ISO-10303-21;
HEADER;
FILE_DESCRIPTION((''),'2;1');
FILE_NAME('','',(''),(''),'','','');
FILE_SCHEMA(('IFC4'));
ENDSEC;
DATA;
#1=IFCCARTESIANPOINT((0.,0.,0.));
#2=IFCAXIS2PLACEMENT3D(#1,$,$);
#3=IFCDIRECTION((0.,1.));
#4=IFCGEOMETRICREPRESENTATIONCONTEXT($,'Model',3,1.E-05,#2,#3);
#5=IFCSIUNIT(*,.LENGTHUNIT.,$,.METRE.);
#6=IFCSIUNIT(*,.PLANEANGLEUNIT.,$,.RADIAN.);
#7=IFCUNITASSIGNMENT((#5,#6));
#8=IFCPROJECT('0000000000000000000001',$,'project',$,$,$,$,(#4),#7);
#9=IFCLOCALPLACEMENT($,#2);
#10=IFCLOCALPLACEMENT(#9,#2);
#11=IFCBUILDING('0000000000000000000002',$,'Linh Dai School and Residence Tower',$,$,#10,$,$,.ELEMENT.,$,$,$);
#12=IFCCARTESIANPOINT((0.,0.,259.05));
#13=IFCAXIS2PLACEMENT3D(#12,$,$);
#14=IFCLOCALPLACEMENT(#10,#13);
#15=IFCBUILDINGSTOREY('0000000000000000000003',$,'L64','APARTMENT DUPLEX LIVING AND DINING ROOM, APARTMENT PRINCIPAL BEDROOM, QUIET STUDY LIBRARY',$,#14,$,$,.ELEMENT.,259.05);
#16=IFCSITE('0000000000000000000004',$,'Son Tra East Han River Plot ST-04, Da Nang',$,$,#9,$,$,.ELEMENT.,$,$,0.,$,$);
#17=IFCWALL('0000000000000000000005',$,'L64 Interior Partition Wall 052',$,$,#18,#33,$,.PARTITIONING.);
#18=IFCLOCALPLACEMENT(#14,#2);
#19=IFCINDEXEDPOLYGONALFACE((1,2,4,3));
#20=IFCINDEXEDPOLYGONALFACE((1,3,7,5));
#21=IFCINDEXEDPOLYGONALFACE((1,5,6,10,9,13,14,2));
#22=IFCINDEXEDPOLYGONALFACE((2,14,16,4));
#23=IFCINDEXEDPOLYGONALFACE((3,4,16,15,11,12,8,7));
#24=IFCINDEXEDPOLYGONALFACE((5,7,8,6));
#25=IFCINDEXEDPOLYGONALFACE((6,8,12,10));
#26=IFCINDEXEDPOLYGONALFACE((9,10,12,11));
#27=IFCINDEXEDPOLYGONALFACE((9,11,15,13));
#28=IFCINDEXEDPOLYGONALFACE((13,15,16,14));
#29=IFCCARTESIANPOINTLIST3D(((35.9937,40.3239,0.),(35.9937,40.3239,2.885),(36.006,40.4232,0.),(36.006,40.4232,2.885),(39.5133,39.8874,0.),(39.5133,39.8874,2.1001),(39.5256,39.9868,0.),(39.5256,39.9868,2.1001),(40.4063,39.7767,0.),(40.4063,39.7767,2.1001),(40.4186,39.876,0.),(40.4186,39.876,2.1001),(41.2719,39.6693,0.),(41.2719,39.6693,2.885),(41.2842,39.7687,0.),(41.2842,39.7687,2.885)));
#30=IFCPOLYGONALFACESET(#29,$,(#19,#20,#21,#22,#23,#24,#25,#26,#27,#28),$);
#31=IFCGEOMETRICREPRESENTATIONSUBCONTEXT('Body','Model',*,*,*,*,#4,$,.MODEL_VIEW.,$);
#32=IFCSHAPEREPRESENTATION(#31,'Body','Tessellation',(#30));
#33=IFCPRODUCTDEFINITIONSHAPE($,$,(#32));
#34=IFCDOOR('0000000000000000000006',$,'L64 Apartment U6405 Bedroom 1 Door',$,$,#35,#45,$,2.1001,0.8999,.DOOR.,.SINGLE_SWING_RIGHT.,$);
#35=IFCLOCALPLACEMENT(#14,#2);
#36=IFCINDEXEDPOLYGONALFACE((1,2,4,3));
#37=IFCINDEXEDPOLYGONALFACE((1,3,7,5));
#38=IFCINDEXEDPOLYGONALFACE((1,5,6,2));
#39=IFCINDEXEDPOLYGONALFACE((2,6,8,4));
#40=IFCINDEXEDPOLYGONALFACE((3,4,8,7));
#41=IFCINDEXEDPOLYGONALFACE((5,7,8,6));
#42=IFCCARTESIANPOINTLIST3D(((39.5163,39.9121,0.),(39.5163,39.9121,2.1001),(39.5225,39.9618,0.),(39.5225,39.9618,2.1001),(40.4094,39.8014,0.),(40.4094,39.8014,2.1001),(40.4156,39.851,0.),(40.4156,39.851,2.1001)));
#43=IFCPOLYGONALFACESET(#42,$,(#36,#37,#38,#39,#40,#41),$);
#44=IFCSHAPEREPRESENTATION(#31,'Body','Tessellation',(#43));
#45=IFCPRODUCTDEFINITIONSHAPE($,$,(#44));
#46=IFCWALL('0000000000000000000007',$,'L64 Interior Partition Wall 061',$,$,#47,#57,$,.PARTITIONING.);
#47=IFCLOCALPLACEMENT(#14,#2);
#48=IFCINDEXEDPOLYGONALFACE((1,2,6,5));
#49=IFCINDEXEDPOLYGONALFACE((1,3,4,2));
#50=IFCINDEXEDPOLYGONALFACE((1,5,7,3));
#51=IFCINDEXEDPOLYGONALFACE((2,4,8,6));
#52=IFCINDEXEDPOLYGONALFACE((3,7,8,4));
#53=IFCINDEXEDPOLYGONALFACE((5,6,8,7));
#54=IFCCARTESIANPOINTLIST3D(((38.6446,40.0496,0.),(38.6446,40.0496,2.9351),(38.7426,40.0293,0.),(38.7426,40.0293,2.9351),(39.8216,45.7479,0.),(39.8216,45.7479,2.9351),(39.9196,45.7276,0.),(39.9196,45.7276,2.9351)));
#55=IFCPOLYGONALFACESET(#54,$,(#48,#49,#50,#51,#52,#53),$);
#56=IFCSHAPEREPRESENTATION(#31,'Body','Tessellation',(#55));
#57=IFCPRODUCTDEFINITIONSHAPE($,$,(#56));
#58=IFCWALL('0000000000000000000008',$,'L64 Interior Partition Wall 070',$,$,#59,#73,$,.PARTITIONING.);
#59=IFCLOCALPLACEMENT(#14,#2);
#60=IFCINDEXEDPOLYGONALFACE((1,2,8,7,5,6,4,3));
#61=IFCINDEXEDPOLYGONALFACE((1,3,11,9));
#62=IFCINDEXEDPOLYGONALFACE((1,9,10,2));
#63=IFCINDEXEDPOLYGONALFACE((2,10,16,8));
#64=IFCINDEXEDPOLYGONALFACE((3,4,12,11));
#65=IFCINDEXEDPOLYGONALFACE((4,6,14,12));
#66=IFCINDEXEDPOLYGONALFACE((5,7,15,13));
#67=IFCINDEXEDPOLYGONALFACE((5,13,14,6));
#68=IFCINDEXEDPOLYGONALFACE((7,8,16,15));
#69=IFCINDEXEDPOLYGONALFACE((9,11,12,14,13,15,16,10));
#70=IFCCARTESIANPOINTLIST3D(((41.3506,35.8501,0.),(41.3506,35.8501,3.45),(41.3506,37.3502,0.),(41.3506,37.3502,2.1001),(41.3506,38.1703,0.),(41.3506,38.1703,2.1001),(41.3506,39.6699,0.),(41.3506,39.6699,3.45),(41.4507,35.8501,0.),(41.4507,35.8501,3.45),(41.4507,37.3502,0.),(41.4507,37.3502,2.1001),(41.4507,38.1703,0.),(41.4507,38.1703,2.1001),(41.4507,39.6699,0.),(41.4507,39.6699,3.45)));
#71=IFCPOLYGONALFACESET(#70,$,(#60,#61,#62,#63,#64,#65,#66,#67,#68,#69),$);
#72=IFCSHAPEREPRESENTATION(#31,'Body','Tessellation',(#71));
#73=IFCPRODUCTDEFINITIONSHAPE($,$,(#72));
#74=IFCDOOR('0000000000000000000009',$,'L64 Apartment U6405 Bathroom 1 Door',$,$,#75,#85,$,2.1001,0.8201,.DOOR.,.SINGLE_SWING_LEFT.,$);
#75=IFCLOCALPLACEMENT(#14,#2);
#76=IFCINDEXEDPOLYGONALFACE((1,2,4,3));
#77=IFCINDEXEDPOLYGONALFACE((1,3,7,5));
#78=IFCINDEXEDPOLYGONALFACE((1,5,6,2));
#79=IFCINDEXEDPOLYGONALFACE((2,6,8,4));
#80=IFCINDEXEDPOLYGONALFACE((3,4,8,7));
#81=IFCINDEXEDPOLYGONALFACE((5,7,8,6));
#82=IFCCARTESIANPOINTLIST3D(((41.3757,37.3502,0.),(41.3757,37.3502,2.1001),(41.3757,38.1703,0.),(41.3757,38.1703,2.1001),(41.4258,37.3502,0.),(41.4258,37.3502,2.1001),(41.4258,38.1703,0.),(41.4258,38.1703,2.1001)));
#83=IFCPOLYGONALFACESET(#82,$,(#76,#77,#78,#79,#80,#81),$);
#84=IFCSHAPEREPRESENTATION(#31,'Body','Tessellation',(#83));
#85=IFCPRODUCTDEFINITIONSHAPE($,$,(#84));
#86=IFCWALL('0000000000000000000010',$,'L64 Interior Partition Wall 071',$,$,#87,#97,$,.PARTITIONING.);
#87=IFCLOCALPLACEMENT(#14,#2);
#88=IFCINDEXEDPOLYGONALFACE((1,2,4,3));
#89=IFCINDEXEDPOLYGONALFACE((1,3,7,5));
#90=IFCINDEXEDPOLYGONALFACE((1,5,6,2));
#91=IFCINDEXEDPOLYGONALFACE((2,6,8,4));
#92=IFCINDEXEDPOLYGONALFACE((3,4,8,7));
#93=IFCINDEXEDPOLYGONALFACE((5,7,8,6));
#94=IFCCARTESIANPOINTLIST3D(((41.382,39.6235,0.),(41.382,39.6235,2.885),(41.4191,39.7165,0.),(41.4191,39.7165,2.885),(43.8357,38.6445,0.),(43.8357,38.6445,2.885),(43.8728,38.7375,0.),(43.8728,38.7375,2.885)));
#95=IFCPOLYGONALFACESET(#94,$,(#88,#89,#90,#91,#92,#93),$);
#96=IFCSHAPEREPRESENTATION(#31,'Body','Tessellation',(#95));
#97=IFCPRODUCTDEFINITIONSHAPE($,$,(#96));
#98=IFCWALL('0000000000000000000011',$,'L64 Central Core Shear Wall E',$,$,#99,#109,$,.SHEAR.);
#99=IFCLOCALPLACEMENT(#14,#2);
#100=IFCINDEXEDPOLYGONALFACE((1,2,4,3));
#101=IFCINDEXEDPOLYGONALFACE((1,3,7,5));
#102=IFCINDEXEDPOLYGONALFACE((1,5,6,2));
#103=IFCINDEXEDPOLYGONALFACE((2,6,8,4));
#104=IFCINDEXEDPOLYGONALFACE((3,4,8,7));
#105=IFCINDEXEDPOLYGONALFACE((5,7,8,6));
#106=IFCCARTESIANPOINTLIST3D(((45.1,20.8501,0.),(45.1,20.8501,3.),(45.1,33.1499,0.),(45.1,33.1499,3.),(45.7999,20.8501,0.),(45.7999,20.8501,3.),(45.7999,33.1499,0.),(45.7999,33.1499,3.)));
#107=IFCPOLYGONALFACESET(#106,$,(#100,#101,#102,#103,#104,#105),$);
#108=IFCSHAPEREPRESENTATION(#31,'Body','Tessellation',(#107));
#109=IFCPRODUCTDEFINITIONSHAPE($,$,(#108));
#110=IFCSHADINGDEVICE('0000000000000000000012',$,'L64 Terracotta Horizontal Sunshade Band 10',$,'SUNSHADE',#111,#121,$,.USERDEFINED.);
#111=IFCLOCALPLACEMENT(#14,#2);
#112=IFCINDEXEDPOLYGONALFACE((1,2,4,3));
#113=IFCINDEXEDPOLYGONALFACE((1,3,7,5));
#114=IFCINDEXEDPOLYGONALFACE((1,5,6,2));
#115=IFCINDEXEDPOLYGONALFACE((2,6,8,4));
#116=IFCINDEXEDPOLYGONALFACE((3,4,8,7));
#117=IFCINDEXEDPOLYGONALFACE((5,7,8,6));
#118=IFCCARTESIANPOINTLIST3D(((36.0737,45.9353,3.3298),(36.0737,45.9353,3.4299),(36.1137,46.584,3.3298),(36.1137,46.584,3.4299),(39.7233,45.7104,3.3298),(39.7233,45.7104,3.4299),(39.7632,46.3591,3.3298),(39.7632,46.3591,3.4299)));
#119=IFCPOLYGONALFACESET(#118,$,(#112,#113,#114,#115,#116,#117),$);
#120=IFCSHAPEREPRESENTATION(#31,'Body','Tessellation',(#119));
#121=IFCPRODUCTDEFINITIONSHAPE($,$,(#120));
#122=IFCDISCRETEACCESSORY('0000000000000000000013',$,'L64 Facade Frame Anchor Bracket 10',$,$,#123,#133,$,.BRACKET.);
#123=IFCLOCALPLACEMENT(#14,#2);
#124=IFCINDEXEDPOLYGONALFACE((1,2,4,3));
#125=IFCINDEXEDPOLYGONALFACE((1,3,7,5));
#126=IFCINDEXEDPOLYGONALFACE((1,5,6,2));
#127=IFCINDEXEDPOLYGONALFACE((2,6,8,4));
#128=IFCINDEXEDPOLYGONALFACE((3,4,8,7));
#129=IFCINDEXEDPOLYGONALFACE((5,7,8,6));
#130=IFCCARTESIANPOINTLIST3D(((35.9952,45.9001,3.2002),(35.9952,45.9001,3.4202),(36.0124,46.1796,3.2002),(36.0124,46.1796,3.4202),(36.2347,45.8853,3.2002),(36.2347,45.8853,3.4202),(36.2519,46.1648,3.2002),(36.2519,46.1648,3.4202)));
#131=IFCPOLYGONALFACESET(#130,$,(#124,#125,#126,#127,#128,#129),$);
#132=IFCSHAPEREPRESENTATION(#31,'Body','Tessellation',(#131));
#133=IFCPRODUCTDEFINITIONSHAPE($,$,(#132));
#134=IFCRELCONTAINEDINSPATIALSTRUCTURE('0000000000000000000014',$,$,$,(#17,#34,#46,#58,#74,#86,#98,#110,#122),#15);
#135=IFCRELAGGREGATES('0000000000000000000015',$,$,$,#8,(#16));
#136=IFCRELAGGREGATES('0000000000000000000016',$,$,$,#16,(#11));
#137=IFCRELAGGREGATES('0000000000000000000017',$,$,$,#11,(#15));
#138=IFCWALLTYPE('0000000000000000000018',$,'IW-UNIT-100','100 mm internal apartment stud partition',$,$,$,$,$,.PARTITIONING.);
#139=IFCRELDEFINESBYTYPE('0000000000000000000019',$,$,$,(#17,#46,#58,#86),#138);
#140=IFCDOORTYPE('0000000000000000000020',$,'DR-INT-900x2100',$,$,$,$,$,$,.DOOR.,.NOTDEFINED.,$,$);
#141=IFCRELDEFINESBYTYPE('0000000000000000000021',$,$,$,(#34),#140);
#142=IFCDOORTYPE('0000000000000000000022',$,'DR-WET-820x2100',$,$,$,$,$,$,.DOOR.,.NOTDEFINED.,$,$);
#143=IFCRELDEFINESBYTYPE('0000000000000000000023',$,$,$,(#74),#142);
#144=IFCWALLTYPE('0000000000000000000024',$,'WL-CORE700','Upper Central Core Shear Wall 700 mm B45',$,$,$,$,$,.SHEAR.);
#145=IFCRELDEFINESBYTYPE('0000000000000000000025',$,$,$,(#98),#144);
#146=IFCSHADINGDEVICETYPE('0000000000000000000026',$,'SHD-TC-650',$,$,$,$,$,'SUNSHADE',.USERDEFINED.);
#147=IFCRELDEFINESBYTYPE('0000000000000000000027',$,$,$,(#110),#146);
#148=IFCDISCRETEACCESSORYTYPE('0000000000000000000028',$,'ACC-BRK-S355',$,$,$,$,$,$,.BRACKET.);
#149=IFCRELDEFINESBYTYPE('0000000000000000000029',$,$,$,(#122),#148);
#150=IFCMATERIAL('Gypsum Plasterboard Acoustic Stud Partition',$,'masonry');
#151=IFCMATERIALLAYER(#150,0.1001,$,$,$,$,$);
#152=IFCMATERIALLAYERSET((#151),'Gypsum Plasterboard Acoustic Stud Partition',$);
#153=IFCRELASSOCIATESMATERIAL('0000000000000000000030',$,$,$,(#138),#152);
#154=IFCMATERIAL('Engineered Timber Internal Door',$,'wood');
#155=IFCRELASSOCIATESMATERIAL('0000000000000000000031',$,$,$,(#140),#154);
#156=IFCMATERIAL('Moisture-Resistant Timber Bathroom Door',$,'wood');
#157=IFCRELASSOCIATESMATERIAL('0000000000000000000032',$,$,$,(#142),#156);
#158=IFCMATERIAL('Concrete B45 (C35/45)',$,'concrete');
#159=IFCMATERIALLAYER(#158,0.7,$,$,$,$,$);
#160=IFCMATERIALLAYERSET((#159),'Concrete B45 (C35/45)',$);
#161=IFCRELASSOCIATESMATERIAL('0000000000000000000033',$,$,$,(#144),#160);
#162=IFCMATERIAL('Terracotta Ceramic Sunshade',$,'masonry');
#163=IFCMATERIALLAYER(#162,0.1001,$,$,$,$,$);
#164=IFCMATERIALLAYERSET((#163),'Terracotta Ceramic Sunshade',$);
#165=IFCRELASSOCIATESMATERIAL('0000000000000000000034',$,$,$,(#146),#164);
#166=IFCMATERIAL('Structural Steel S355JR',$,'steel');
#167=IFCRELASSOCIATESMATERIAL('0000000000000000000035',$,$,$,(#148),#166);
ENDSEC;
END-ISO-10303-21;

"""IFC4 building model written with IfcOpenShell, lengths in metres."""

from ifc_helpers import new_model, si_unit, direction, frame, frame_2d, origin, origin_2d, place, context, subcontext, project, spatial, rectangle, extrude, source, transform, mapped, material, layer, layer_set, type_object, element, fill, save


model = new_model("IFC4")

# Units and contexts
model_context = context("Model", 3, precision=1e-05, world=origin(), true_north=direction((0.0, 1.0)))
body_context = subcontext(model_context, "Body", "Model", "MODEL_VIEW")
ifc_project = project(units=[si_unit("LENGTHUNIT", "METRE"), si_unit("PLANEANGLEUNIT", "RADIAN")], contexts=[model_context])

# Site, building, storey
site_placement = place(None, origin())
site = spatial("IfcSite", under=ifc_project, at=site_placement, Name="Son Tra East Han River Plot ST-04, Da Nang", CompositionType="ELEMENT", RefElevation=0.0)
building_placement = place(site_placement, origin())
building = spatial("IfcBuilding", under=site, at=building_placement, Name="Linh Dai School and Residence Tower", CompositionType="ELEMENT")
storey_placement = place(building_placement, frame((0.0, 0.0, 259.05)))
storey = spatial("IfcBuildingStorey", under=building, at=storey_placement, Name="L64", Description="APARTMENT DUPLEX LIVING AND DINING ROOM, APARTMENT PRINCIPAL BEDROOM, QUIET STUDY LIBRARY", CompositionType="ELEMENT", Elevation=259.05)

# Shared definitions
ifc_material_1 = material(Name="Concrete B45 (C35/45)", Category="concrete")
ifc_material_2 = material(Name="Structural Steel S355JR", Category="steel")

# Wall, opening, door
ifc_material_3 = material(Name="Gypsum Plasterboard Acoustic Stud Partition", Category="masonry")
ifc_layer_1 = layer(ifc_material_3, 0.1001)
ifc_layer_set_1 = layer_set([ifc_layer_1], Name="Gypsum Plasterboard Acoustic Stud Partition")
wall_type_1 = type_object("IfcWallType", Name="IW-UNIT-100", Description="100 mm internal apartment stud partition", PredefinedType="PARTITIONING", material=ifc_layer_set_1)
wall_1_placement = place(storey_placement, frame((36.0, 40.3735, 0.0), z_axis=(0.0, 0.0, 1.0), x_axis=(0.992398, -0.123069, 0.0)))
wall_1 = element("IfcWall", 1, at=wall_1_placement, inside=storey, type_object=wall_type_1, Name="L64 Interior Partition Wall 052", PredefinedType="PARTITIONING", context=body_context, shape_type="SweptSolid", body=[
    extrude(rectangle(XDim=5.3186, YDim=0.1001, at=frame_2d((2.6592, 0.0))), origin(), (0.0, 0.0, 1.0), 2.885),
])
opening_1_placement = place(wall_1_placement, frame((3.5464, 0.0, 0.0)))
opening_1 = element("IfcOpeningElement", 2, at=opening_1_placement, cuts=wall_1, PredefinedType="OPENING", context=body_context, shape_type="SweptSolid", body=[
    extrude(rectangle(XDim=0.8999, YDim=2.1001, at=origin_2d()), frame((0.45, 0.0601, 1.05), z_axis=(0.0, -1.0, 0.0), x_axis=(1.0, 0.0, 0.0)), (0.0, 0.0, 1.0), 0.1201),
])
ifc_material_4 = material(Name="Engineered Timber Internal Door", Category="wood")
door_type_1 = type_object("IfcDoorType", Name="DR-INT-900x2100", OperationType="NOTDEFINED", PredefinedType="DOOR", material=ifc_material_4)
shared_shape_1 = source(origin(), body_context, "Body", "SweptSolid", [
    extrude(rectangle(XDim=0.8999, YDim=2.1001, at=origin_2d()), frame((0.45, 0.0249, 1.05), z_axis=(0.0, -1.0, 0.0), x_axis=(1.0, 0.0, 0.0)), (0.0, 0.0, 1.0), 0.05),
])
door_1_placement = place(opening_1_placement, origin())
door_1 = element("IfcDoor", 3, at=door_1_placement, inside=storey, type_object=door_type_1, Name="L64 Apartment U6405 Bedroom 1 Door", OperationType="SINGLE_SWING_RIGHT", OverallHeight=2.1001, OverallWidth=0.8999, PredefinedType="DOOR", context=body_context, shape_type="MappedRepresentation", body=[
    mapped(shared_shape_1, transform((0.0, 0.0, 0.0), x_axis=(1.0, 0.0, 0.0), y_axis=(0.0, 1.0, 0.0), z_axis=(0.0, 0.0, 1.0), scale=1.0)),
])
fill(opening_1, door_1)

# Wall
wall_2_placement = place(storey_placement, frame((38.6936, 40.0396, 0.0), z_axis=(0.0, 0.0, 1.0), x_axis=(0.202285, 0.979327, 0.0)))
element("IfcWall", 4, at=wall_2_placement, inside=storey, type_object=wall_type_1, Name="L64 Interior Partition Wall 061", PredefinedType="PARTITIONING", context=body_context, shape_type="SweptSolid", body=[
    extrude(rectangle(XDim=5.8186, YDim=0.1001, at=frame_2d((2.9092, 0.0))), origin(), (0.0, 0.0, 1.0), 2.9351),
])

# Wall, opening, door
wall_3_placement = place(storey_placement, frame((41.4006, 35.8501, 0.0), z_axis=(0.0, 0.0, 1.0), x_axis=(0.0, 1.0, 0.0)))
wall_3 = element("IfcWall", 5, at=wall_3_placement, inside=storey, type_object=wall_type_1, Name="L64 Interior Partition Wall 070", PredefinedType="PARTITIONING", context=body_context, shape_type="SweptSolid", body=[
    extrude(rectangle(XDim=3.8198, YDim=0.1001, at=frame_2d((1.9099, 0.0))), origin(), (0.0, 0.0, 1.0), 3.45),
])
opening_2_placement = place(wall_3_placement, frame((1.5, 0.0, 0.0)))
opening_2 = element("IfcOpeningElement", 6, at=opening_2_placement, cuts=wall_3, PredefinedType="OPENING", context=body_context, shape_type="SweptSolid", body=[
    extrude(rectangle(XDim=0.8201, YDim=2.1001, at=origin_2d()), frame((0.4102, 0.0601, 1.05), z_axis=(0.0, -1.0, 0.0), x_axis=(1.0, 0.0, 0.0)), (0.0, 0.0, 1.0), 0.1201),
])
ifc_material_5 = material(Name="Moisture-Resistant Timber Bathroom Door", Category="wood")
door_type_2 = type_object("IfcDoorType", Name="DR-WET-820x2100", OperationType="NOTDEFINED", PredefinedType="DOOR", material=ifc_material_5)
shared_shape_2 = source(origin(), body_context, "Body", "SweptSolid", [
    extrude(rectangle(XDim=0.8201, YDim=2.1001, at=origin_2d()), frame((0.4102, 0.0249, 1.05), z_axis=(0.0, -1.0, 0.0), x_axis=(1.0, 0.0, 0.0)), (0.0, 0.0, 1.0), 0.05),
])
door_2_placement = place(opening_2_placement, origin())
door_2 = element("IfcDoor", 7, at=door_2_placement, inside=storey, type_object=door_type_2, Name="L64 Apartment U6405 Bathroom 1 Door", OperationType="SINGLE_SWING_LEFT", OverallHeight=2.1001, OverallWidth=0.8201, PredefinedType="DOOR", context=body_context, shape_type="MappedRepresentation", body=[
    mapped(shared_shape_2, transform((0.0, 0.0, 0.0), x_axis=(1.0, 0.0, 0.0), y_axis=(0.0, 1.0, 0.0), z_axis=(0.0, 0.0, 1.0), scale=1.0)),
])
fill(opening_2, door_2)

# Walls
wall_4_placement = place(storey_placement, frame((41.4006, 39.6699, 0.0), z_axis=(0.0, 0.0, 1.0), x_axis=(0.928808, -0.370562, 0.0)))
element("IfcWall", 8, at=wall_4_placement, inside=storey, type_object=wall_type_1, Name="L64 Interior Partition Wall 071", PredefinedType="PARTITIONING", context=body_context, shape_type="SweptSolid", body=[
    extrude(rectangle(XDim=2.6418, YDim=0.1001, at=frame_2d((1.3208, 0.0))), origin(), (0.0, 0.0, 1.0), 2.885),
])
ifc_layer_2 = layer(ifc_material_1, 0.7)
ifc_layer_set_2 = layer_set([ifc_layer_2], Name="Concrete B45 (C35/45)")
wall_type_2 = type_object("IfcWallType", Name="WL-CORE700", Description="Upper Central Core Shear Wall 700 mm B45", PredefinedType="SHEAR", material=ifc_layer_set_2)
wall_5_placement = place(storey_placement, frame((45.45, 33.1499, 0.0), z_axis=(0.0, 0.0, 1.0), x_axis=(0.0, -1.0, 0.0)))
element("IfcWall", 9, at=wall_5_placement, inside=storey, type_object=wall_type_2, Name="L64 Central Core Shear Wall E", PredefinedType="SHEAR", context=body_context, shape_type="SweptSolid", body=[
    extrude(rectangle(XDim=12.2998, YDim=0.7, at=frame_2d((6.1499, 0.0))), origin(), (0.0, 0.0, 1.0), 3.0),
])

# Shading device
ifc_material_6 = material(Name="Terracotta Ceramic Sunshade", Category="masonry")
ifc_layer_3 = layer(ifc_material_6, 0.1001)
ifc_layer_set_3 = layer_set([ifc_layer_3], Name="Terracotta Ceramic Sunshade")
shading_device_type = type_object("IfcShadingDeviceType", Name="SHD-TC-650", ElementType="SUNSHADE", PredefinedType="USERDEFINED", material=ifc_layer_set_3)
shared_shape_3 = source(origin(), body_context, "Body", "SweptSolid", [
    extrude(rectangle(XDim=3.6565, YDim=0.6499, at=origin_2d()), origin(), (0.0, 0.0, 1.0), 0.1001),
])
shading_device_placement = place(storey_placement, frame((37.9185, 46.1472, 3.3298), z_axis=(0.0, 0.0, 1.0), x_axis=(0.998107, -0.061504, 0.0)))
element("IfcShadingDevice", 10, at=shading_device_placement, inside=storey, type_object=shading_device_type, Name="L64 Terracotta Horizontal Sunshade Band 10", ObjectType="SUNSHADE", PredefinedType="USERDEFINED", context=body_context, shape_type="MappedRepresentation", body=[
    mapped(shared_shape_3, transform((0.0, 0.0, 0.0), x_axis=(1.0, 0.0, 0.0), y_axis=(0.0, 1.0, 0.0), z_axis=(0.0, 0.0, 1.0), scale=1.0)),
])

# Discrete accessory
discrete_accessory_type = type_object("IfcDiscreteAccessoryType", Name="ACC-BRK-S355", PredefinedType="BRACKET", material=ifc_material_2)
shared_shape_4 = source(origin(), body_context, "Body", "SweptSolid", [
    extrude(rectangle(XDim=0.28, YDim=0.24, at=origin_2d()), origin(), (0.0, 0.0, 1.0), 0.22),
])
discrete_accessory_placement = place(storey_placement, frame((36.1235, 46.0325, 3.2002), z_axis=(0.0, 0.0, 1.0), x_axis=(0.061504, 0.998107, 0.0)))
element("IfcDiscreteAccessory", 11, at=discrete_accessory_placement, inside=storey, type_object=discrete_accessory_type, Name="L64 Facade Frame Anchor Bracket 10", PredefinedType="BRACKET", context=body_context, shape_type="MappedRepresentation", body=[
    mapped(shared_shape_4, transform((0.0, 0.0, 0.0), x_axis=(1.0, 0.0, 0.0), y_axis=(0.0, 1.0, 0.0), z_axis=(0.0, 0.0, 1.0), scale=1.0)),
])

save(model, "model.ifc")
